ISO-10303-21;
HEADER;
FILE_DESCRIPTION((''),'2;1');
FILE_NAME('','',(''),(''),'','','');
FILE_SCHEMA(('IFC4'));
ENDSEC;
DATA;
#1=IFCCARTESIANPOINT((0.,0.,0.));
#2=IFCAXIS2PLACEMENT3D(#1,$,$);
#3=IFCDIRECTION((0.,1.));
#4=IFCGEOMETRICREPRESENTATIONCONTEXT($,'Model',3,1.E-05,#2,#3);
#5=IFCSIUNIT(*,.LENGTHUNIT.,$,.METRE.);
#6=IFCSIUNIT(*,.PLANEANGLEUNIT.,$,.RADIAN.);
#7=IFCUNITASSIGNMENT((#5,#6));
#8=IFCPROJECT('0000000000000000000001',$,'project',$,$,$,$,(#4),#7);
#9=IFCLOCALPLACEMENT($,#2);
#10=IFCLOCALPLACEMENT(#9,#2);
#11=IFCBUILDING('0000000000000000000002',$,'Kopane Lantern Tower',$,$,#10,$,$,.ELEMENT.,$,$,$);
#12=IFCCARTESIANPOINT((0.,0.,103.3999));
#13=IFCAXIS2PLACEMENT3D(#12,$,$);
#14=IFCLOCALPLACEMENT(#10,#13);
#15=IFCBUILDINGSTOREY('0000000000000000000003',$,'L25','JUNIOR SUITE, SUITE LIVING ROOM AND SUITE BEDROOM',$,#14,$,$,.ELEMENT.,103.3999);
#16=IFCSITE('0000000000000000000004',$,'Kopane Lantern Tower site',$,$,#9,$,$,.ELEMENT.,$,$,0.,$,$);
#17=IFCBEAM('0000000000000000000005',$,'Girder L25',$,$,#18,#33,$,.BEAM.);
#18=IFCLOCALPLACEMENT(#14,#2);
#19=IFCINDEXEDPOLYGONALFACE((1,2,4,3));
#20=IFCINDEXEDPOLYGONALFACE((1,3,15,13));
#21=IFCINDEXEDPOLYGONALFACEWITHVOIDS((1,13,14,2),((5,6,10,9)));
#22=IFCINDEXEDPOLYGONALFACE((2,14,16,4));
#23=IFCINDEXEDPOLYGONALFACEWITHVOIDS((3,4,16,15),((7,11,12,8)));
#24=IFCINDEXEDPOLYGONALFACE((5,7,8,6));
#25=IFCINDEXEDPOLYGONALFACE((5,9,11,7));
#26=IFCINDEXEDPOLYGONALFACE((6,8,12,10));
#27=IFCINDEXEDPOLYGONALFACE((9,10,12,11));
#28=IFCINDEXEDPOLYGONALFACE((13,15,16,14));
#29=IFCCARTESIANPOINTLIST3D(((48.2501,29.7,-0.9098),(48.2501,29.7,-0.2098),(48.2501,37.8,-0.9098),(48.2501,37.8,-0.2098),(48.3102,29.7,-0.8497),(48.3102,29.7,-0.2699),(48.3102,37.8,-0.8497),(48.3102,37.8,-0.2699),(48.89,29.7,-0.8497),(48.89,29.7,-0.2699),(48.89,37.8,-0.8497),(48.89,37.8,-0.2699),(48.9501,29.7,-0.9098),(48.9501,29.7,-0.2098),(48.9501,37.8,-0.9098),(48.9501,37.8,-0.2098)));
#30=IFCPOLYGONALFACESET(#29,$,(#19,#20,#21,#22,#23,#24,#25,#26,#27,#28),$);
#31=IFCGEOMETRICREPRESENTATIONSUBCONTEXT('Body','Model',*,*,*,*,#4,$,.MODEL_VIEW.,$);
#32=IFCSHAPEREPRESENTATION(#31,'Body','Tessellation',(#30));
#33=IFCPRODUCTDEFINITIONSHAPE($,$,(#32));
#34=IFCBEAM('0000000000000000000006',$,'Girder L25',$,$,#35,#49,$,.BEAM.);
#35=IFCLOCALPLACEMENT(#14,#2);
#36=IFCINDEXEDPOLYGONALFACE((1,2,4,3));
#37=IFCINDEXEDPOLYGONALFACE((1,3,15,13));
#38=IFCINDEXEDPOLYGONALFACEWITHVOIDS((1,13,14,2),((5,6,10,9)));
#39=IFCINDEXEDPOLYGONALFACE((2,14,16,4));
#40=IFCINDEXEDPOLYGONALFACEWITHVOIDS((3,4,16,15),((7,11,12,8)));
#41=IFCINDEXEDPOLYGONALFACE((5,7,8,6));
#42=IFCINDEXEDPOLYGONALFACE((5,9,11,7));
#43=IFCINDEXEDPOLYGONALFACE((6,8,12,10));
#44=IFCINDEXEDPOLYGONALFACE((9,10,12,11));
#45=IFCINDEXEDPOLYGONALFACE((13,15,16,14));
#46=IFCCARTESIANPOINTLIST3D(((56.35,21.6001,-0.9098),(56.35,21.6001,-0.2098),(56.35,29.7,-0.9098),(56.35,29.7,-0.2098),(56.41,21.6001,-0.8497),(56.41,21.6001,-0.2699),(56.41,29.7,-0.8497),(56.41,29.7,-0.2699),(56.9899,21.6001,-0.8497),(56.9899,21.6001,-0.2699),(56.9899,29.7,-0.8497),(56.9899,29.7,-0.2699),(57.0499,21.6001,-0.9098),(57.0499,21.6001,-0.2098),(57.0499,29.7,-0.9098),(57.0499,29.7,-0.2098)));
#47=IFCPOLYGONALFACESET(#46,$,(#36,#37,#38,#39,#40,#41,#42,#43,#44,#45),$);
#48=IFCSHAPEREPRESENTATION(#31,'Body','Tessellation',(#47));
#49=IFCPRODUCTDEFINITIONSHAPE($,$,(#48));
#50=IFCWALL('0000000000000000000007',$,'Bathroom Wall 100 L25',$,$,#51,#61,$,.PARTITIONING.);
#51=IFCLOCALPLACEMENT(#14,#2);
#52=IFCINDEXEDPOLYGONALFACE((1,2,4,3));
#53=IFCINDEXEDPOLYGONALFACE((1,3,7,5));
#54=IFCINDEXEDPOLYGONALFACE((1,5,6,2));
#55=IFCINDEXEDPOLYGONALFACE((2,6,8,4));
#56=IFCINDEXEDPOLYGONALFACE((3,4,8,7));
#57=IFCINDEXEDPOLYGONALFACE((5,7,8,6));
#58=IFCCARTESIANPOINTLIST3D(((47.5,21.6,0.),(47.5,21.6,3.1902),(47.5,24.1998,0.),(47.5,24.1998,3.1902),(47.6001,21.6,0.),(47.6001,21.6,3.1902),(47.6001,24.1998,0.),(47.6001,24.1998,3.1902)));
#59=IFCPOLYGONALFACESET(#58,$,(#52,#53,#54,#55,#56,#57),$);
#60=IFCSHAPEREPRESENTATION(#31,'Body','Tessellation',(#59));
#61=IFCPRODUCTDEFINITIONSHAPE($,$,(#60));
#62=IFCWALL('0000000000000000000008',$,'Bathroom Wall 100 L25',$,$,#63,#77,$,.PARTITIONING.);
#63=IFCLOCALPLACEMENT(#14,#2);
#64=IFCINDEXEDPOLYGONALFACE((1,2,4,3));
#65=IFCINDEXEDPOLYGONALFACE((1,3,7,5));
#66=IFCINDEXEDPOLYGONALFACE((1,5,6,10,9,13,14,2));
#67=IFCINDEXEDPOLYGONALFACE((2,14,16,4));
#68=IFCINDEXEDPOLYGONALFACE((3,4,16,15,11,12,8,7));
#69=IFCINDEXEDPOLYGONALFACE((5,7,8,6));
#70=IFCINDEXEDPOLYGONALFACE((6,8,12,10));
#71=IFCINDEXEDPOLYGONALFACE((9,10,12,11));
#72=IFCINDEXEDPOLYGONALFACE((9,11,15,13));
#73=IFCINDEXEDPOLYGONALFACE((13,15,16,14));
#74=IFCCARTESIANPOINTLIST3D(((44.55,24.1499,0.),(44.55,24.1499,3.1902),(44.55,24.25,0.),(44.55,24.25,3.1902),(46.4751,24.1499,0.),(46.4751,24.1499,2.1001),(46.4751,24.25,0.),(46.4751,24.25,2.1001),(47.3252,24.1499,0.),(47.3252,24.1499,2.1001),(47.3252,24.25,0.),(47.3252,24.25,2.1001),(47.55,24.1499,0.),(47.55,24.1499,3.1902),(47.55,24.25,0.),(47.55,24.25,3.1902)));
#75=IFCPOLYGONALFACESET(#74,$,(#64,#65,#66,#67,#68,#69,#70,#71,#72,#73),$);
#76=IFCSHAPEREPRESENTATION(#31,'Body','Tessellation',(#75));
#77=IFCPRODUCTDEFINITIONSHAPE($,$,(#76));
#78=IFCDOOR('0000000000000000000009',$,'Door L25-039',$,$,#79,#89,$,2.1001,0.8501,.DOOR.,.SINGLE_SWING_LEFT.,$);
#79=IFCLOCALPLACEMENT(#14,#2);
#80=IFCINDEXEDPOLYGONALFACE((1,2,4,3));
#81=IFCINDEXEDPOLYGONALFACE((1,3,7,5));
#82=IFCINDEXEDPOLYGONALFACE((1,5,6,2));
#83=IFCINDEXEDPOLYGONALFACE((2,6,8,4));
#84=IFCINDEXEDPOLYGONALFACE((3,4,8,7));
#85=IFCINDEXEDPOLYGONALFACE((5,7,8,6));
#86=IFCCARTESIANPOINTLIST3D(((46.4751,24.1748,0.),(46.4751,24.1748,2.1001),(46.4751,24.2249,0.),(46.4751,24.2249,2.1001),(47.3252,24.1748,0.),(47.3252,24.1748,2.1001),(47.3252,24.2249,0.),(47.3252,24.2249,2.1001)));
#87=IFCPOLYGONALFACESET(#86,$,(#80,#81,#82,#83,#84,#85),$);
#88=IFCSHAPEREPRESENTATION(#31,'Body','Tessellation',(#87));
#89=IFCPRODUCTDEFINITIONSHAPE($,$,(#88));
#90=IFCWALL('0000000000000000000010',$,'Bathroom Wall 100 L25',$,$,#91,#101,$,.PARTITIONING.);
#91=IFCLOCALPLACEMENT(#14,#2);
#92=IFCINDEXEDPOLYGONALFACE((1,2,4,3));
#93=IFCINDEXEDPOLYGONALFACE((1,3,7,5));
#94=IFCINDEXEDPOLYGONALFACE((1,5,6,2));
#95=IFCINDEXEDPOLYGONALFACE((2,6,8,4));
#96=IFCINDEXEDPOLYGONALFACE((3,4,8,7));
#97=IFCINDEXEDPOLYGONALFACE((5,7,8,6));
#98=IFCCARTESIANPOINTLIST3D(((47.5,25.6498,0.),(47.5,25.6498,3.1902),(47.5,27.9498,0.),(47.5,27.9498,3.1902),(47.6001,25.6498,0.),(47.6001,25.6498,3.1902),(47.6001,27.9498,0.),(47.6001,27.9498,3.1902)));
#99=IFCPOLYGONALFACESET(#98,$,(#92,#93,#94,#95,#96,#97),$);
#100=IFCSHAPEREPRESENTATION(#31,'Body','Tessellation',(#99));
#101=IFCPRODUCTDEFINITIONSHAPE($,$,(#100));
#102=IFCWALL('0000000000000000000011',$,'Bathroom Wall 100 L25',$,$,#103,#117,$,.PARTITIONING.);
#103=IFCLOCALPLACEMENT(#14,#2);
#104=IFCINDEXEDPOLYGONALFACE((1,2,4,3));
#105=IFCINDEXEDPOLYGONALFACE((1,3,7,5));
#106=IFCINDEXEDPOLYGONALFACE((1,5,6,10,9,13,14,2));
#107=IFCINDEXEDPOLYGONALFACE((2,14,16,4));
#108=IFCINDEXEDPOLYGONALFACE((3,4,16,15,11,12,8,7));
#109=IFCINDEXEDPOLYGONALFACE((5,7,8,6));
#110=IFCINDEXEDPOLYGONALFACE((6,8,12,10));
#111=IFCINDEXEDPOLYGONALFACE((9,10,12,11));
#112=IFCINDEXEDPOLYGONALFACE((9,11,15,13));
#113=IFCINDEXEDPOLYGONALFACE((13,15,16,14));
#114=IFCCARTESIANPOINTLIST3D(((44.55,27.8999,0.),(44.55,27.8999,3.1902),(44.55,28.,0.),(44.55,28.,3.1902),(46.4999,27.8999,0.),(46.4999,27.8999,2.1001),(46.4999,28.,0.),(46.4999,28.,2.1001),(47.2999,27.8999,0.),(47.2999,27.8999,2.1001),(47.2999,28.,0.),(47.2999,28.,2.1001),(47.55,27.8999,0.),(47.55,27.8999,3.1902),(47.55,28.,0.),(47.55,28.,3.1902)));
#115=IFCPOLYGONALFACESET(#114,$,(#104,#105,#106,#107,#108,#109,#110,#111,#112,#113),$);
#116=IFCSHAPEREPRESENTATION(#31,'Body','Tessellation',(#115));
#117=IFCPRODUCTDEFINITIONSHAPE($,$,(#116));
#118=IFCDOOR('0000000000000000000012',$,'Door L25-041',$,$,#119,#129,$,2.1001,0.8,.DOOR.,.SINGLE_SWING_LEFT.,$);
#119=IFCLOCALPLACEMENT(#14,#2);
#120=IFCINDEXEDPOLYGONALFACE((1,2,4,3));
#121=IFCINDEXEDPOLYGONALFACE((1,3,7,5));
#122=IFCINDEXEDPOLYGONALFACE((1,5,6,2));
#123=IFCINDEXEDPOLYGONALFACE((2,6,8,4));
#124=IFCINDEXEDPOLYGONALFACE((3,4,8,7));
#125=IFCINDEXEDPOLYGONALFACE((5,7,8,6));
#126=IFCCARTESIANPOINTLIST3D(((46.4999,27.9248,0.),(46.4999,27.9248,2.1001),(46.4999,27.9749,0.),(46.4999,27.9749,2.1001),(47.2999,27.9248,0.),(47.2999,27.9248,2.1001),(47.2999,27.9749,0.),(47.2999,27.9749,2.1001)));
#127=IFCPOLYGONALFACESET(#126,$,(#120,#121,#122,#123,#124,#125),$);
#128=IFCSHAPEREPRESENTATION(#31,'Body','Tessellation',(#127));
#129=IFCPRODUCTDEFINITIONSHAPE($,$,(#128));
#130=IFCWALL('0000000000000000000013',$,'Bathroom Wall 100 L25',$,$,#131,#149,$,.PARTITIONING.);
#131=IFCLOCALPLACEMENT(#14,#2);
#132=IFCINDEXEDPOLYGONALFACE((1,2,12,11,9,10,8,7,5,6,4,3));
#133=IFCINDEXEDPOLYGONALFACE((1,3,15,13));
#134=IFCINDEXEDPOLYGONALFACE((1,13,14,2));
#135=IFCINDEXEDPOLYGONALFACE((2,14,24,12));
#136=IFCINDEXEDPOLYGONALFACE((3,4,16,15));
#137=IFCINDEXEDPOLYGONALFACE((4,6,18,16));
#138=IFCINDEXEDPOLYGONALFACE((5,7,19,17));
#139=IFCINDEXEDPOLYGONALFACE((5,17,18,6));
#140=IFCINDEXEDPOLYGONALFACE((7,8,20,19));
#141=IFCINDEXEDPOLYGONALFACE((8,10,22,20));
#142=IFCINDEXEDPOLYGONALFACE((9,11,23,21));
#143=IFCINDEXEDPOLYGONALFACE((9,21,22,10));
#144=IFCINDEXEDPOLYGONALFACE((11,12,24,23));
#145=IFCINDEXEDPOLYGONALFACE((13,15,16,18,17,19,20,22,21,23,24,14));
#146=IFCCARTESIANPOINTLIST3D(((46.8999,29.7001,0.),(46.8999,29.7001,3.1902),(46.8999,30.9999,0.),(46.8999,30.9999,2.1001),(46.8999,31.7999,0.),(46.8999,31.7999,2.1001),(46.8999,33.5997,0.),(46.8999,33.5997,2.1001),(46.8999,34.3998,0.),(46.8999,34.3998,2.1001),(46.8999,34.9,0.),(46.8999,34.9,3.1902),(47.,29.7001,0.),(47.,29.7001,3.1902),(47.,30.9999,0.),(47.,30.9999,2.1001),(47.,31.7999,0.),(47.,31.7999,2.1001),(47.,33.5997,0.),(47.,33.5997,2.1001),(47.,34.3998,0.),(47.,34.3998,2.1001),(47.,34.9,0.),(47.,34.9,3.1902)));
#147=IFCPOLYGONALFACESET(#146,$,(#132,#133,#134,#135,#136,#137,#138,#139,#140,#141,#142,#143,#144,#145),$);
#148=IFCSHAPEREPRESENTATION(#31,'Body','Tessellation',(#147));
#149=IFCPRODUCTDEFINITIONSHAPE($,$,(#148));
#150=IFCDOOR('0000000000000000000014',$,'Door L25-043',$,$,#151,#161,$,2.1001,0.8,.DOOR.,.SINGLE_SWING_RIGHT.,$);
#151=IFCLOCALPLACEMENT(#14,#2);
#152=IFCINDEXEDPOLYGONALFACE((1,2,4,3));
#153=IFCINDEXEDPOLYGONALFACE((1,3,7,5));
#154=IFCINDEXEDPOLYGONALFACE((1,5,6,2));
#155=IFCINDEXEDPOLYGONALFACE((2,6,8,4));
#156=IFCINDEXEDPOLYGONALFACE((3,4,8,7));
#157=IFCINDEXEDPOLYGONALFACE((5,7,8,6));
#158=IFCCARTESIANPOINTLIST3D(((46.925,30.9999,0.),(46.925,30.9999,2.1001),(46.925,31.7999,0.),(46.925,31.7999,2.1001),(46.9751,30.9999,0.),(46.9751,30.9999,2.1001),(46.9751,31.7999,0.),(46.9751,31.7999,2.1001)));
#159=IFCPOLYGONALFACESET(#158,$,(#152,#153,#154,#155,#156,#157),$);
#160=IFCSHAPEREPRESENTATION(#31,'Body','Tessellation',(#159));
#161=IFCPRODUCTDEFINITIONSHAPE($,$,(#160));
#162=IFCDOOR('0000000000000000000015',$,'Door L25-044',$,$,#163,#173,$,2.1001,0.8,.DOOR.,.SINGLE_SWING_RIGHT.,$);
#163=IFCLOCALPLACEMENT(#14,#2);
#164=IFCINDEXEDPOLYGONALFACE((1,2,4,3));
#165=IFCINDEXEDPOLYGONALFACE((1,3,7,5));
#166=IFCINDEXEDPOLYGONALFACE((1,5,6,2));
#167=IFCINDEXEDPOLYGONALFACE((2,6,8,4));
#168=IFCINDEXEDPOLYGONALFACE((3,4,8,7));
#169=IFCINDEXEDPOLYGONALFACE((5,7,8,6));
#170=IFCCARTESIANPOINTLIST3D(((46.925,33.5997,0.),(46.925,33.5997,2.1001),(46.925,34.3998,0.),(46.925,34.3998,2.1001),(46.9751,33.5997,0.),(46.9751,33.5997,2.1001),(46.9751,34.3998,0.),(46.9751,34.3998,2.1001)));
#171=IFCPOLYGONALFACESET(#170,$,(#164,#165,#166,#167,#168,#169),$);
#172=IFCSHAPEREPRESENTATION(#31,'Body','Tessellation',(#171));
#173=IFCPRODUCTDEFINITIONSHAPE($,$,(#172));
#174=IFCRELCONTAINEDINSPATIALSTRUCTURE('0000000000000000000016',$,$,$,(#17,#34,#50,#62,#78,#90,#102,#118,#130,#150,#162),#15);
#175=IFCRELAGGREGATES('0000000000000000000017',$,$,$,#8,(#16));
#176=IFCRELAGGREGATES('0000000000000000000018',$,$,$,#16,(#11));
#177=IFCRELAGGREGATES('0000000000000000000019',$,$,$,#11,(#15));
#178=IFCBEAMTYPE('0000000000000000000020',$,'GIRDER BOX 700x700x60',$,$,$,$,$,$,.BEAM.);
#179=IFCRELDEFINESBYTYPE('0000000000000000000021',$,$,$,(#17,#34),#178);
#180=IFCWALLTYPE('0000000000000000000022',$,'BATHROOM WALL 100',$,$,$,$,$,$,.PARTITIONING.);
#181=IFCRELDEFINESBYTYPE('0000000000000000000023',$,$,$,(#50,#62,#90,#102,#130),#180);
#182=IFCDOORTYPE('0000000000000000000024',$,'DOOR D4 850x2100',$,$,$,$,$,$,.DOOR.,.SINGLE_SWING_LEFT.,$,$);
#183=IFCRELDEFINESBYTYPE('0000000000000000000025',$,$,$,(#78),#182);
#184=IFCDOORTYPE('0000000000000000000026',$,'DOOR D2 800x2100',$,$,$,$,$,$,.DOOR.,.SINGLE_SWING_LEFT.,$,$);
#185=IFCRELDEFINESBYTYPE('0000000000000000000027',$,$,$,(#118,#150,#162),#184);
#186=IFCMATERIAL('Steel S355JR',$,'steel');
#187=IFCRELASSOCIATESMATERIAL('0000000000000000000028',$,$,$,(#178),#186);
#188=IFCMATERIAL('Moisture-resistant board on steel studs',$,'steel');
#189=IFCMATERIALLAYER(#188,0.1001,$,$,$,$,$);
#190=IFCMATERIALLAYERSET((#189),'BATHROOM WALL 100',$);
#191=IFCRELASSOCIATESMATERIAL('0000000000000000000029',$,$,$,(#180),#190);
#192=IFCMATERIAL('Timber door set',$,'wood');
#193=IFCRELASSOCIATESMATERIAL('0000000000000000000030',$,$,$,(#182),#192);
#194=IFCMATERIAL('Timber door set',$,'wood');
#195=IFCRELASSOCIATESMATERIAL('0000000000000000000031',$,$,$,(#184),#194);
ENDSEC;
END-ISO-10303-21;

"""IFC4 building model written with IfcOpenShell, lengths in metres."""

from ifc_helpers import new_model, si_unit, direction, frame, frame_2d, origin, origin_2d, place, context, subcontext, project, spatial, rectangle, hollow_rectangle, extrude, material, layer, layer_set, material_profile, profile_set, type_object, element, fill, save


model = new_model("IFC4")

# Units and contexts
model_context = context("Model", 3, precision=1e-05, world=origin(), true_north=direction((0.0, 1.0)))
body_context = subcontext(model_context, "Body", "Model", "MODEL_VIEW")
ifc_project = project(units=[si_unit("LENGTHUNIT", "METRE"), si_unit("PLANEANGLEUNIT", "RADIAN")], contexts=[model_context])

# Site, building, storey
site_placement = place(None, origin())
site = spatial("IfcSite", under=ifc_project, at=site_placement, Name="Kopane Lantern Tower site", CompositionType="ELEMENT", RefElevation=0.0)
building_placement = place(site_placement, origin())
building = spatial("IfcBuilding", under=site, at=building_placement, Name="Kopane Lantern Tower", CompositionType="ELEMENT")
storey_placement = place(building_placement, frame((0.0, 0.0, 103.3999)))
storey = spatial("IfcBuildingStorey", under=building, at=storey_placement, Name="L25", Description="JUNIOR SUITE, SUITE LIVING ROOM AND SUITE BEDROOM", CompositionType="ELEMENT", Elevation=103.3999)

# Beams
ifc_material_1 = material(Name="Steel S355JR", Category="steel")
ifc_material_profile_1 = material_profile(ifc_material_1, hollow_rectangle(XDim=0.7, YDim=0.7, WallThickness=0.0601, at=origin_2d()), Name="BOX 700x700x60")
ifc_profile_set_1 = profile_set([ifc_material_profile_1], Name="Steel S355JR")
beam_type = type_object("IfcBeamType", Name="GIRDER BOX 700x700x60", PredefinedType="BEAM", material=ifc_profile_set_1)
beam_1_placement = place(storey_placement, frame((48.6001, 29.7, -0.5598), z_axis=(0.0, 1.0, 0.0), x_axis=(-1.0, 0.0, 0.0)))
element("IfcBeam", 1, at=beam_1_placement, inside=storey, type_object=beam_type, Name="Girder L25", PredefinedType="BEAM", context=body_context, shape_type="SweptSolid", body=[
    extrude(hollow_rectangle(XDim=0.7, YDim=0.7, WallThickness=0.0601, at=origin_2d()), origin(), (0.0, 0.0, 1.0), 8.1001),
])
beam_2_placement = place(storey_placement, frame((56.7, 21.6001, -0.5598), z_axis=(0.0, 1.0, 0.0), x_axis=(-1.0, 0.0, 0.0)))
element("IfcBeam", 2, at=beam_2_placement, inside=storey, type_object=beam_type, Name="Girder L25", PredefinedType="BEAM", context=body_context, shape_type="SweptSolid", body=[
    extrude(hollow_rectangle(XDim=0.7, YDim=0.7, WallThickness=0.0601, at=origin_2d()), origin(), (0.0, 0.0, 1.0), 8.0999),
])

# Wall
ifc_material_2 = material(Name="Moisture-resistant board on steel studs", Category="steel")
ifc_layer_1 = layer(ifc_material_2, 0.1001)
ifc_layer_set_1 = layer_set([ifc_layer_1], Name="BATHROOM WALL 100")
wall_type_1 = type_object("IfcWallType", Name="BATHROOM WALL 100", PredefinedType="PARTITIONING", material=ifc_layer_set_1)
wall_1_placement = place(storey_placement, frame((47.55, 21.6001, 0.0), z_axis=(0.0, 0.0, 1.0), x_axis=(0.0, 1.0, 0.0)))
element("IfcWall", 3, at=wall_1_placement, inside=storey, type_object=wall_type_1, Name="Bathroom Wall 100 L25", PredefinedType="PARTITIONING", context=body_context, shape_type="SweptSolid", body=[
    extrude(rectangle(XDim=2.5999, YDim=0.1001, at=frame_2d((1.2998, 0.0))), origin(), (0.0, 0.0, 1.0), 3.1902),
])

# Wall, opening, door
wall_2_placement = place(storey_placement, frame((44.55, 24.2, 0.0), z_axis=(0.0, 0.0, 1.0), x_axis=(1.0, 0.0, 0.0)))
wall_2 = element("IfcWall", 4, at=wall_2_placement, inside=storey, type_object=wall_type_1, Name="Bathroom Wall 100 L25", PredefinedType="PARTITIONING", context=body_context, shape_type="SweptSolid", body=[
    extrude(rectangle(XDim=3.0, YDim=0.1001, at=frame_2d((1.5, 0.0))), origin(), (0.0, 0.0, 1.0), 3.1902),
])
opening_1_placement = place(wall_2_placement, frame((1.925, 0.0, 0.0)))
opening_1 = element("IfcOpeningElement", 5, at=opening_1_placement, cuts=wall_2, PredefinedType="OPENING", context=body_context, shape_type="SweptSolid", body=[
    extrude(rectangle(XDim=0.8501, YDim=2.1001, at=frame_2d((0.425, 1.05))), frame((0.0, 0.0601, 0.0), z_axis=(0.0, -1.0, 0.0), x_axis=(1.0, 0.0, 0.0)), (0.0, 0.0, 1.0), 0.1201),
])
ifc_material_3 = material(Name="Timber door set", Category="wood")
door_type_1 = type_object("IfcDoorType", Name="DOOR D4 850x2100", OperationType="SINGLE_SWING_LEFT", PredefinedType="DOOR", material=ifc_material_3)
door_1_placement = place(opening_1_placement, origin())
door_1 = element("IfcDoor", 6, at=door_1_placement, inside=storey, type_object=door_type_1, Name="Door L25-039", OperationType="SINGLE_SWING_LEFT", OverallHeight=2.1001, OverallWidth=0.8501, PredefinedType="DOOR", context=body_context, shape_type="SweptSolid", body=[
    extrude(rectangle(XDim=0.8501, YDim=2.1001, at=frame_2d((0.425, 1.05))), frame((0.0, 0.0249, 0.0), z_axis=(0.0, -1.0, 0.0), x_axis=(1.0, 0.0, 0.0)), (0.0, 0.0, 1.0), 0.05),
])
fill(opening_1, door_1)

# Wall
wall_3_placement = place(storey_placement, frame((47.55, 25.6499, 0.0), z_axis=(0.0, 0.0, 1.0), x_axis=(0.0, 1.0, 0.0)))
element("IfcWall", 7, at=wall_3_placement, inside=storey, type_object=wall_type_1, Name="Bathroom Wall 100 L25", PredefinedType="PARTITIONING", context=body_context, shape_type="SweptSolid", body=[
    extrude(rectangle(XDim=2.3, YDim=0.1001, at=frame_2d((1.1499, 0.0))), origin(), (0.0, 0.0, 1.0), 3.1902),
])

# Wall, opening, door
wall_4_placement = place(storey_placement, frame((44.55, 27.95, 0.0), z_axis=(0.0, 0.0, 1.0), x_axis=(1.0, 0.0, 0.0)))
wall_4 = element("IfcWall", 8, at=wall_4_placement, inside=storey, type_object=wall_type_1, Name="Bathroom Wall 100 L25", PredefinedType="PARTITIONING", context=body_context, shape_type="SweptSolid", body=[
    extrude(rectangle(XDim=3.0, YDim=0.1001, at=frame_2d((1.5, 0.0))), origin(), (0.0, 0.0, 1.0), 3.1902),
])
opening_2_placement = place(wall_4_placement, frame((1.95, 0.0, 0.0)))
opening_2 = element("IfcOpeningElement", 9, at=opening_2_placement, cuts=wall_4, PredefinedType="OPENING", context=body_context, shape_type="SweptSolid", body=[
    extrude(rectangle(XDim=0.8, YDim=2.1001, at=frame_2d((0.3999, 1.05))), frame((0.0, 0.0601, 0.0), z_axis=(0.0, -1.0, 0.0), x_axis=(1.0, 0.0, 0.0)), (0.0, 0.0, 1.0), 0.1201),
])
ifc_material_4 = material(Name="Timber door set", Category="wood")
door_type_2 = type_object("IfcDoorType", Name="DOOR D2 800x2100", OperationType="SINGLE_SWING_LEFT", PredefinedType="DOOR", material=ifc_material_4)
door_2_placement = place(opening_2_placement, origin())
door_2 = element("IfcDoor", 10, at=door_2_placement, inside=storey, type_object=door_type_2, Name="Door L25-041", OperationType="SINGLE_SWING_LEFT", OverallHeight=2.1001, OverallWidth=0.8, PredefinedType="DOOR", context=body_context, shape_type="SweptSolid", body=[
    extrude(rectangle(XDim=0.8, YDim=2.1001, at=frame_2d((0.3999, 1.05))), frame((0.0, 0.0249, 0.0), z_axis=(0.0, -1.0, 0.0), x_axis=(1.0, 0.0, 0.0)), (0.0, 0.0, 1.0), 0.05),
])
fill(opening_2, door_2)

# Wall, openings, doors
wall_5_placement = place(storey_placement, frame((46.95, 29.7, 0.0), z_axis=(0.0, 0.0, 1.0), x_axis=(0.0, 1.0, 0.0)))
wall_5 = element("IfcWall", 11, at=wall_5_placement, inside=storey, type_object=wall_type_1, Name="Bathroom Wall 100 L25", PredefinedType="PARTITIONING", context=body_context, shape_type="SweptSolid", body=[
    extrude(rectangle(XDim=5.2, YDim=0.1001, at=frame_2d((2.6001, 0.0))), origin(), (0.0, 0.0, 1.0), 3.1902),
])
opening_3_placement = place(wall_5_placement, frame((1.3, 0.0, 0.0)))
opening_3 = element("IfcOpeningElement", 12, at=opening_3_placement, cuts=wall_5, PredefinedType="OPENING", context=body_context, shape_type="SweptSolid", body=[
    extrude(rectangle(XDim=0.8, YDim=2.1001, at=frame_2d((0.3999, 1.05))), frame((0.0, 0.0601, 0.0), z_axis=(0.0, -1.0, 0.0), x_axis=(1.0, 0.0, 0.0)), (0.0, 0.0, 1.0), 0.1201),
])
opening_4_placement = place(wall_5_placement, frame((3.8999, 0.0, 0.0)))
opening_4 = element("IfcOpeningElement", 13, at=opening_4_placement, cuts=wall_5, PredefinedType="OPENING", context=body_context, shape_type="SweptSolid", body=[
    extrude(rectangle(XDim=0.8, YDim=2.1001, at=frame_2d((0.3999, 1.05))), frame((0.0, 0.0601, 0.0), z_axis=(0.0, -1.0, 0.0), x_axis=(1.0, 0.0, 0.0)), (0.0, 0.0, 1.0), 0.1201),
])
door_3_placement = place(opening_3_placement, origin())
door_3 = element("IfcDoor", 14, at=door_3_placement, inside=storey, type_object=door_type_2, Name="Door L25-043", OperationType="SINGLE_SWING_RIGHT", OverallHeight=2.1001, OverallWidth=0.8, PredefinedType="DOOR", context=body_context, shape_type="SweptSolid", body=[
    extrude(rectangle(XDim=0.8, YDim=2.1001, at=frame_2d((0.3999, 1.05))), frame((0.0, 0.0249, 0.0), z_axis=(0.0, -1.0, 0.0), x_axis=(1.0, 0.0, 0.0)), (0.0, 0.0, 1.0), 0.05),
])
fill(opening_3, door_3)
door_4_placement = place(opening_4_placement, origin())
door_4 = element("IfcDoor", 15, at=door_4_placement, inside=storey, type_object=door_type_2, Name="Door L25-044", OperationType="SINGLE_SWING_RIGHT", OverallHeight=2.1001, OverallWidth=0.8, PredefinedType="DOOR", context=body_context, shape_type="SweptSolid", body=[
    extrude(rectangle(XDim=0.8, YDim=2.1001, at=frame_2d((0.3999, 1.05))), frame((0.0, 0.0249, 0.0), z_axis=(0.0, -1.0, 0.0), x_axis=(1.0, 0.0, 0.0)), (0.0, 0.0, 1.0), 0.05),
])
fill(opening_4, door_4)

save(model, "model.ifc")
